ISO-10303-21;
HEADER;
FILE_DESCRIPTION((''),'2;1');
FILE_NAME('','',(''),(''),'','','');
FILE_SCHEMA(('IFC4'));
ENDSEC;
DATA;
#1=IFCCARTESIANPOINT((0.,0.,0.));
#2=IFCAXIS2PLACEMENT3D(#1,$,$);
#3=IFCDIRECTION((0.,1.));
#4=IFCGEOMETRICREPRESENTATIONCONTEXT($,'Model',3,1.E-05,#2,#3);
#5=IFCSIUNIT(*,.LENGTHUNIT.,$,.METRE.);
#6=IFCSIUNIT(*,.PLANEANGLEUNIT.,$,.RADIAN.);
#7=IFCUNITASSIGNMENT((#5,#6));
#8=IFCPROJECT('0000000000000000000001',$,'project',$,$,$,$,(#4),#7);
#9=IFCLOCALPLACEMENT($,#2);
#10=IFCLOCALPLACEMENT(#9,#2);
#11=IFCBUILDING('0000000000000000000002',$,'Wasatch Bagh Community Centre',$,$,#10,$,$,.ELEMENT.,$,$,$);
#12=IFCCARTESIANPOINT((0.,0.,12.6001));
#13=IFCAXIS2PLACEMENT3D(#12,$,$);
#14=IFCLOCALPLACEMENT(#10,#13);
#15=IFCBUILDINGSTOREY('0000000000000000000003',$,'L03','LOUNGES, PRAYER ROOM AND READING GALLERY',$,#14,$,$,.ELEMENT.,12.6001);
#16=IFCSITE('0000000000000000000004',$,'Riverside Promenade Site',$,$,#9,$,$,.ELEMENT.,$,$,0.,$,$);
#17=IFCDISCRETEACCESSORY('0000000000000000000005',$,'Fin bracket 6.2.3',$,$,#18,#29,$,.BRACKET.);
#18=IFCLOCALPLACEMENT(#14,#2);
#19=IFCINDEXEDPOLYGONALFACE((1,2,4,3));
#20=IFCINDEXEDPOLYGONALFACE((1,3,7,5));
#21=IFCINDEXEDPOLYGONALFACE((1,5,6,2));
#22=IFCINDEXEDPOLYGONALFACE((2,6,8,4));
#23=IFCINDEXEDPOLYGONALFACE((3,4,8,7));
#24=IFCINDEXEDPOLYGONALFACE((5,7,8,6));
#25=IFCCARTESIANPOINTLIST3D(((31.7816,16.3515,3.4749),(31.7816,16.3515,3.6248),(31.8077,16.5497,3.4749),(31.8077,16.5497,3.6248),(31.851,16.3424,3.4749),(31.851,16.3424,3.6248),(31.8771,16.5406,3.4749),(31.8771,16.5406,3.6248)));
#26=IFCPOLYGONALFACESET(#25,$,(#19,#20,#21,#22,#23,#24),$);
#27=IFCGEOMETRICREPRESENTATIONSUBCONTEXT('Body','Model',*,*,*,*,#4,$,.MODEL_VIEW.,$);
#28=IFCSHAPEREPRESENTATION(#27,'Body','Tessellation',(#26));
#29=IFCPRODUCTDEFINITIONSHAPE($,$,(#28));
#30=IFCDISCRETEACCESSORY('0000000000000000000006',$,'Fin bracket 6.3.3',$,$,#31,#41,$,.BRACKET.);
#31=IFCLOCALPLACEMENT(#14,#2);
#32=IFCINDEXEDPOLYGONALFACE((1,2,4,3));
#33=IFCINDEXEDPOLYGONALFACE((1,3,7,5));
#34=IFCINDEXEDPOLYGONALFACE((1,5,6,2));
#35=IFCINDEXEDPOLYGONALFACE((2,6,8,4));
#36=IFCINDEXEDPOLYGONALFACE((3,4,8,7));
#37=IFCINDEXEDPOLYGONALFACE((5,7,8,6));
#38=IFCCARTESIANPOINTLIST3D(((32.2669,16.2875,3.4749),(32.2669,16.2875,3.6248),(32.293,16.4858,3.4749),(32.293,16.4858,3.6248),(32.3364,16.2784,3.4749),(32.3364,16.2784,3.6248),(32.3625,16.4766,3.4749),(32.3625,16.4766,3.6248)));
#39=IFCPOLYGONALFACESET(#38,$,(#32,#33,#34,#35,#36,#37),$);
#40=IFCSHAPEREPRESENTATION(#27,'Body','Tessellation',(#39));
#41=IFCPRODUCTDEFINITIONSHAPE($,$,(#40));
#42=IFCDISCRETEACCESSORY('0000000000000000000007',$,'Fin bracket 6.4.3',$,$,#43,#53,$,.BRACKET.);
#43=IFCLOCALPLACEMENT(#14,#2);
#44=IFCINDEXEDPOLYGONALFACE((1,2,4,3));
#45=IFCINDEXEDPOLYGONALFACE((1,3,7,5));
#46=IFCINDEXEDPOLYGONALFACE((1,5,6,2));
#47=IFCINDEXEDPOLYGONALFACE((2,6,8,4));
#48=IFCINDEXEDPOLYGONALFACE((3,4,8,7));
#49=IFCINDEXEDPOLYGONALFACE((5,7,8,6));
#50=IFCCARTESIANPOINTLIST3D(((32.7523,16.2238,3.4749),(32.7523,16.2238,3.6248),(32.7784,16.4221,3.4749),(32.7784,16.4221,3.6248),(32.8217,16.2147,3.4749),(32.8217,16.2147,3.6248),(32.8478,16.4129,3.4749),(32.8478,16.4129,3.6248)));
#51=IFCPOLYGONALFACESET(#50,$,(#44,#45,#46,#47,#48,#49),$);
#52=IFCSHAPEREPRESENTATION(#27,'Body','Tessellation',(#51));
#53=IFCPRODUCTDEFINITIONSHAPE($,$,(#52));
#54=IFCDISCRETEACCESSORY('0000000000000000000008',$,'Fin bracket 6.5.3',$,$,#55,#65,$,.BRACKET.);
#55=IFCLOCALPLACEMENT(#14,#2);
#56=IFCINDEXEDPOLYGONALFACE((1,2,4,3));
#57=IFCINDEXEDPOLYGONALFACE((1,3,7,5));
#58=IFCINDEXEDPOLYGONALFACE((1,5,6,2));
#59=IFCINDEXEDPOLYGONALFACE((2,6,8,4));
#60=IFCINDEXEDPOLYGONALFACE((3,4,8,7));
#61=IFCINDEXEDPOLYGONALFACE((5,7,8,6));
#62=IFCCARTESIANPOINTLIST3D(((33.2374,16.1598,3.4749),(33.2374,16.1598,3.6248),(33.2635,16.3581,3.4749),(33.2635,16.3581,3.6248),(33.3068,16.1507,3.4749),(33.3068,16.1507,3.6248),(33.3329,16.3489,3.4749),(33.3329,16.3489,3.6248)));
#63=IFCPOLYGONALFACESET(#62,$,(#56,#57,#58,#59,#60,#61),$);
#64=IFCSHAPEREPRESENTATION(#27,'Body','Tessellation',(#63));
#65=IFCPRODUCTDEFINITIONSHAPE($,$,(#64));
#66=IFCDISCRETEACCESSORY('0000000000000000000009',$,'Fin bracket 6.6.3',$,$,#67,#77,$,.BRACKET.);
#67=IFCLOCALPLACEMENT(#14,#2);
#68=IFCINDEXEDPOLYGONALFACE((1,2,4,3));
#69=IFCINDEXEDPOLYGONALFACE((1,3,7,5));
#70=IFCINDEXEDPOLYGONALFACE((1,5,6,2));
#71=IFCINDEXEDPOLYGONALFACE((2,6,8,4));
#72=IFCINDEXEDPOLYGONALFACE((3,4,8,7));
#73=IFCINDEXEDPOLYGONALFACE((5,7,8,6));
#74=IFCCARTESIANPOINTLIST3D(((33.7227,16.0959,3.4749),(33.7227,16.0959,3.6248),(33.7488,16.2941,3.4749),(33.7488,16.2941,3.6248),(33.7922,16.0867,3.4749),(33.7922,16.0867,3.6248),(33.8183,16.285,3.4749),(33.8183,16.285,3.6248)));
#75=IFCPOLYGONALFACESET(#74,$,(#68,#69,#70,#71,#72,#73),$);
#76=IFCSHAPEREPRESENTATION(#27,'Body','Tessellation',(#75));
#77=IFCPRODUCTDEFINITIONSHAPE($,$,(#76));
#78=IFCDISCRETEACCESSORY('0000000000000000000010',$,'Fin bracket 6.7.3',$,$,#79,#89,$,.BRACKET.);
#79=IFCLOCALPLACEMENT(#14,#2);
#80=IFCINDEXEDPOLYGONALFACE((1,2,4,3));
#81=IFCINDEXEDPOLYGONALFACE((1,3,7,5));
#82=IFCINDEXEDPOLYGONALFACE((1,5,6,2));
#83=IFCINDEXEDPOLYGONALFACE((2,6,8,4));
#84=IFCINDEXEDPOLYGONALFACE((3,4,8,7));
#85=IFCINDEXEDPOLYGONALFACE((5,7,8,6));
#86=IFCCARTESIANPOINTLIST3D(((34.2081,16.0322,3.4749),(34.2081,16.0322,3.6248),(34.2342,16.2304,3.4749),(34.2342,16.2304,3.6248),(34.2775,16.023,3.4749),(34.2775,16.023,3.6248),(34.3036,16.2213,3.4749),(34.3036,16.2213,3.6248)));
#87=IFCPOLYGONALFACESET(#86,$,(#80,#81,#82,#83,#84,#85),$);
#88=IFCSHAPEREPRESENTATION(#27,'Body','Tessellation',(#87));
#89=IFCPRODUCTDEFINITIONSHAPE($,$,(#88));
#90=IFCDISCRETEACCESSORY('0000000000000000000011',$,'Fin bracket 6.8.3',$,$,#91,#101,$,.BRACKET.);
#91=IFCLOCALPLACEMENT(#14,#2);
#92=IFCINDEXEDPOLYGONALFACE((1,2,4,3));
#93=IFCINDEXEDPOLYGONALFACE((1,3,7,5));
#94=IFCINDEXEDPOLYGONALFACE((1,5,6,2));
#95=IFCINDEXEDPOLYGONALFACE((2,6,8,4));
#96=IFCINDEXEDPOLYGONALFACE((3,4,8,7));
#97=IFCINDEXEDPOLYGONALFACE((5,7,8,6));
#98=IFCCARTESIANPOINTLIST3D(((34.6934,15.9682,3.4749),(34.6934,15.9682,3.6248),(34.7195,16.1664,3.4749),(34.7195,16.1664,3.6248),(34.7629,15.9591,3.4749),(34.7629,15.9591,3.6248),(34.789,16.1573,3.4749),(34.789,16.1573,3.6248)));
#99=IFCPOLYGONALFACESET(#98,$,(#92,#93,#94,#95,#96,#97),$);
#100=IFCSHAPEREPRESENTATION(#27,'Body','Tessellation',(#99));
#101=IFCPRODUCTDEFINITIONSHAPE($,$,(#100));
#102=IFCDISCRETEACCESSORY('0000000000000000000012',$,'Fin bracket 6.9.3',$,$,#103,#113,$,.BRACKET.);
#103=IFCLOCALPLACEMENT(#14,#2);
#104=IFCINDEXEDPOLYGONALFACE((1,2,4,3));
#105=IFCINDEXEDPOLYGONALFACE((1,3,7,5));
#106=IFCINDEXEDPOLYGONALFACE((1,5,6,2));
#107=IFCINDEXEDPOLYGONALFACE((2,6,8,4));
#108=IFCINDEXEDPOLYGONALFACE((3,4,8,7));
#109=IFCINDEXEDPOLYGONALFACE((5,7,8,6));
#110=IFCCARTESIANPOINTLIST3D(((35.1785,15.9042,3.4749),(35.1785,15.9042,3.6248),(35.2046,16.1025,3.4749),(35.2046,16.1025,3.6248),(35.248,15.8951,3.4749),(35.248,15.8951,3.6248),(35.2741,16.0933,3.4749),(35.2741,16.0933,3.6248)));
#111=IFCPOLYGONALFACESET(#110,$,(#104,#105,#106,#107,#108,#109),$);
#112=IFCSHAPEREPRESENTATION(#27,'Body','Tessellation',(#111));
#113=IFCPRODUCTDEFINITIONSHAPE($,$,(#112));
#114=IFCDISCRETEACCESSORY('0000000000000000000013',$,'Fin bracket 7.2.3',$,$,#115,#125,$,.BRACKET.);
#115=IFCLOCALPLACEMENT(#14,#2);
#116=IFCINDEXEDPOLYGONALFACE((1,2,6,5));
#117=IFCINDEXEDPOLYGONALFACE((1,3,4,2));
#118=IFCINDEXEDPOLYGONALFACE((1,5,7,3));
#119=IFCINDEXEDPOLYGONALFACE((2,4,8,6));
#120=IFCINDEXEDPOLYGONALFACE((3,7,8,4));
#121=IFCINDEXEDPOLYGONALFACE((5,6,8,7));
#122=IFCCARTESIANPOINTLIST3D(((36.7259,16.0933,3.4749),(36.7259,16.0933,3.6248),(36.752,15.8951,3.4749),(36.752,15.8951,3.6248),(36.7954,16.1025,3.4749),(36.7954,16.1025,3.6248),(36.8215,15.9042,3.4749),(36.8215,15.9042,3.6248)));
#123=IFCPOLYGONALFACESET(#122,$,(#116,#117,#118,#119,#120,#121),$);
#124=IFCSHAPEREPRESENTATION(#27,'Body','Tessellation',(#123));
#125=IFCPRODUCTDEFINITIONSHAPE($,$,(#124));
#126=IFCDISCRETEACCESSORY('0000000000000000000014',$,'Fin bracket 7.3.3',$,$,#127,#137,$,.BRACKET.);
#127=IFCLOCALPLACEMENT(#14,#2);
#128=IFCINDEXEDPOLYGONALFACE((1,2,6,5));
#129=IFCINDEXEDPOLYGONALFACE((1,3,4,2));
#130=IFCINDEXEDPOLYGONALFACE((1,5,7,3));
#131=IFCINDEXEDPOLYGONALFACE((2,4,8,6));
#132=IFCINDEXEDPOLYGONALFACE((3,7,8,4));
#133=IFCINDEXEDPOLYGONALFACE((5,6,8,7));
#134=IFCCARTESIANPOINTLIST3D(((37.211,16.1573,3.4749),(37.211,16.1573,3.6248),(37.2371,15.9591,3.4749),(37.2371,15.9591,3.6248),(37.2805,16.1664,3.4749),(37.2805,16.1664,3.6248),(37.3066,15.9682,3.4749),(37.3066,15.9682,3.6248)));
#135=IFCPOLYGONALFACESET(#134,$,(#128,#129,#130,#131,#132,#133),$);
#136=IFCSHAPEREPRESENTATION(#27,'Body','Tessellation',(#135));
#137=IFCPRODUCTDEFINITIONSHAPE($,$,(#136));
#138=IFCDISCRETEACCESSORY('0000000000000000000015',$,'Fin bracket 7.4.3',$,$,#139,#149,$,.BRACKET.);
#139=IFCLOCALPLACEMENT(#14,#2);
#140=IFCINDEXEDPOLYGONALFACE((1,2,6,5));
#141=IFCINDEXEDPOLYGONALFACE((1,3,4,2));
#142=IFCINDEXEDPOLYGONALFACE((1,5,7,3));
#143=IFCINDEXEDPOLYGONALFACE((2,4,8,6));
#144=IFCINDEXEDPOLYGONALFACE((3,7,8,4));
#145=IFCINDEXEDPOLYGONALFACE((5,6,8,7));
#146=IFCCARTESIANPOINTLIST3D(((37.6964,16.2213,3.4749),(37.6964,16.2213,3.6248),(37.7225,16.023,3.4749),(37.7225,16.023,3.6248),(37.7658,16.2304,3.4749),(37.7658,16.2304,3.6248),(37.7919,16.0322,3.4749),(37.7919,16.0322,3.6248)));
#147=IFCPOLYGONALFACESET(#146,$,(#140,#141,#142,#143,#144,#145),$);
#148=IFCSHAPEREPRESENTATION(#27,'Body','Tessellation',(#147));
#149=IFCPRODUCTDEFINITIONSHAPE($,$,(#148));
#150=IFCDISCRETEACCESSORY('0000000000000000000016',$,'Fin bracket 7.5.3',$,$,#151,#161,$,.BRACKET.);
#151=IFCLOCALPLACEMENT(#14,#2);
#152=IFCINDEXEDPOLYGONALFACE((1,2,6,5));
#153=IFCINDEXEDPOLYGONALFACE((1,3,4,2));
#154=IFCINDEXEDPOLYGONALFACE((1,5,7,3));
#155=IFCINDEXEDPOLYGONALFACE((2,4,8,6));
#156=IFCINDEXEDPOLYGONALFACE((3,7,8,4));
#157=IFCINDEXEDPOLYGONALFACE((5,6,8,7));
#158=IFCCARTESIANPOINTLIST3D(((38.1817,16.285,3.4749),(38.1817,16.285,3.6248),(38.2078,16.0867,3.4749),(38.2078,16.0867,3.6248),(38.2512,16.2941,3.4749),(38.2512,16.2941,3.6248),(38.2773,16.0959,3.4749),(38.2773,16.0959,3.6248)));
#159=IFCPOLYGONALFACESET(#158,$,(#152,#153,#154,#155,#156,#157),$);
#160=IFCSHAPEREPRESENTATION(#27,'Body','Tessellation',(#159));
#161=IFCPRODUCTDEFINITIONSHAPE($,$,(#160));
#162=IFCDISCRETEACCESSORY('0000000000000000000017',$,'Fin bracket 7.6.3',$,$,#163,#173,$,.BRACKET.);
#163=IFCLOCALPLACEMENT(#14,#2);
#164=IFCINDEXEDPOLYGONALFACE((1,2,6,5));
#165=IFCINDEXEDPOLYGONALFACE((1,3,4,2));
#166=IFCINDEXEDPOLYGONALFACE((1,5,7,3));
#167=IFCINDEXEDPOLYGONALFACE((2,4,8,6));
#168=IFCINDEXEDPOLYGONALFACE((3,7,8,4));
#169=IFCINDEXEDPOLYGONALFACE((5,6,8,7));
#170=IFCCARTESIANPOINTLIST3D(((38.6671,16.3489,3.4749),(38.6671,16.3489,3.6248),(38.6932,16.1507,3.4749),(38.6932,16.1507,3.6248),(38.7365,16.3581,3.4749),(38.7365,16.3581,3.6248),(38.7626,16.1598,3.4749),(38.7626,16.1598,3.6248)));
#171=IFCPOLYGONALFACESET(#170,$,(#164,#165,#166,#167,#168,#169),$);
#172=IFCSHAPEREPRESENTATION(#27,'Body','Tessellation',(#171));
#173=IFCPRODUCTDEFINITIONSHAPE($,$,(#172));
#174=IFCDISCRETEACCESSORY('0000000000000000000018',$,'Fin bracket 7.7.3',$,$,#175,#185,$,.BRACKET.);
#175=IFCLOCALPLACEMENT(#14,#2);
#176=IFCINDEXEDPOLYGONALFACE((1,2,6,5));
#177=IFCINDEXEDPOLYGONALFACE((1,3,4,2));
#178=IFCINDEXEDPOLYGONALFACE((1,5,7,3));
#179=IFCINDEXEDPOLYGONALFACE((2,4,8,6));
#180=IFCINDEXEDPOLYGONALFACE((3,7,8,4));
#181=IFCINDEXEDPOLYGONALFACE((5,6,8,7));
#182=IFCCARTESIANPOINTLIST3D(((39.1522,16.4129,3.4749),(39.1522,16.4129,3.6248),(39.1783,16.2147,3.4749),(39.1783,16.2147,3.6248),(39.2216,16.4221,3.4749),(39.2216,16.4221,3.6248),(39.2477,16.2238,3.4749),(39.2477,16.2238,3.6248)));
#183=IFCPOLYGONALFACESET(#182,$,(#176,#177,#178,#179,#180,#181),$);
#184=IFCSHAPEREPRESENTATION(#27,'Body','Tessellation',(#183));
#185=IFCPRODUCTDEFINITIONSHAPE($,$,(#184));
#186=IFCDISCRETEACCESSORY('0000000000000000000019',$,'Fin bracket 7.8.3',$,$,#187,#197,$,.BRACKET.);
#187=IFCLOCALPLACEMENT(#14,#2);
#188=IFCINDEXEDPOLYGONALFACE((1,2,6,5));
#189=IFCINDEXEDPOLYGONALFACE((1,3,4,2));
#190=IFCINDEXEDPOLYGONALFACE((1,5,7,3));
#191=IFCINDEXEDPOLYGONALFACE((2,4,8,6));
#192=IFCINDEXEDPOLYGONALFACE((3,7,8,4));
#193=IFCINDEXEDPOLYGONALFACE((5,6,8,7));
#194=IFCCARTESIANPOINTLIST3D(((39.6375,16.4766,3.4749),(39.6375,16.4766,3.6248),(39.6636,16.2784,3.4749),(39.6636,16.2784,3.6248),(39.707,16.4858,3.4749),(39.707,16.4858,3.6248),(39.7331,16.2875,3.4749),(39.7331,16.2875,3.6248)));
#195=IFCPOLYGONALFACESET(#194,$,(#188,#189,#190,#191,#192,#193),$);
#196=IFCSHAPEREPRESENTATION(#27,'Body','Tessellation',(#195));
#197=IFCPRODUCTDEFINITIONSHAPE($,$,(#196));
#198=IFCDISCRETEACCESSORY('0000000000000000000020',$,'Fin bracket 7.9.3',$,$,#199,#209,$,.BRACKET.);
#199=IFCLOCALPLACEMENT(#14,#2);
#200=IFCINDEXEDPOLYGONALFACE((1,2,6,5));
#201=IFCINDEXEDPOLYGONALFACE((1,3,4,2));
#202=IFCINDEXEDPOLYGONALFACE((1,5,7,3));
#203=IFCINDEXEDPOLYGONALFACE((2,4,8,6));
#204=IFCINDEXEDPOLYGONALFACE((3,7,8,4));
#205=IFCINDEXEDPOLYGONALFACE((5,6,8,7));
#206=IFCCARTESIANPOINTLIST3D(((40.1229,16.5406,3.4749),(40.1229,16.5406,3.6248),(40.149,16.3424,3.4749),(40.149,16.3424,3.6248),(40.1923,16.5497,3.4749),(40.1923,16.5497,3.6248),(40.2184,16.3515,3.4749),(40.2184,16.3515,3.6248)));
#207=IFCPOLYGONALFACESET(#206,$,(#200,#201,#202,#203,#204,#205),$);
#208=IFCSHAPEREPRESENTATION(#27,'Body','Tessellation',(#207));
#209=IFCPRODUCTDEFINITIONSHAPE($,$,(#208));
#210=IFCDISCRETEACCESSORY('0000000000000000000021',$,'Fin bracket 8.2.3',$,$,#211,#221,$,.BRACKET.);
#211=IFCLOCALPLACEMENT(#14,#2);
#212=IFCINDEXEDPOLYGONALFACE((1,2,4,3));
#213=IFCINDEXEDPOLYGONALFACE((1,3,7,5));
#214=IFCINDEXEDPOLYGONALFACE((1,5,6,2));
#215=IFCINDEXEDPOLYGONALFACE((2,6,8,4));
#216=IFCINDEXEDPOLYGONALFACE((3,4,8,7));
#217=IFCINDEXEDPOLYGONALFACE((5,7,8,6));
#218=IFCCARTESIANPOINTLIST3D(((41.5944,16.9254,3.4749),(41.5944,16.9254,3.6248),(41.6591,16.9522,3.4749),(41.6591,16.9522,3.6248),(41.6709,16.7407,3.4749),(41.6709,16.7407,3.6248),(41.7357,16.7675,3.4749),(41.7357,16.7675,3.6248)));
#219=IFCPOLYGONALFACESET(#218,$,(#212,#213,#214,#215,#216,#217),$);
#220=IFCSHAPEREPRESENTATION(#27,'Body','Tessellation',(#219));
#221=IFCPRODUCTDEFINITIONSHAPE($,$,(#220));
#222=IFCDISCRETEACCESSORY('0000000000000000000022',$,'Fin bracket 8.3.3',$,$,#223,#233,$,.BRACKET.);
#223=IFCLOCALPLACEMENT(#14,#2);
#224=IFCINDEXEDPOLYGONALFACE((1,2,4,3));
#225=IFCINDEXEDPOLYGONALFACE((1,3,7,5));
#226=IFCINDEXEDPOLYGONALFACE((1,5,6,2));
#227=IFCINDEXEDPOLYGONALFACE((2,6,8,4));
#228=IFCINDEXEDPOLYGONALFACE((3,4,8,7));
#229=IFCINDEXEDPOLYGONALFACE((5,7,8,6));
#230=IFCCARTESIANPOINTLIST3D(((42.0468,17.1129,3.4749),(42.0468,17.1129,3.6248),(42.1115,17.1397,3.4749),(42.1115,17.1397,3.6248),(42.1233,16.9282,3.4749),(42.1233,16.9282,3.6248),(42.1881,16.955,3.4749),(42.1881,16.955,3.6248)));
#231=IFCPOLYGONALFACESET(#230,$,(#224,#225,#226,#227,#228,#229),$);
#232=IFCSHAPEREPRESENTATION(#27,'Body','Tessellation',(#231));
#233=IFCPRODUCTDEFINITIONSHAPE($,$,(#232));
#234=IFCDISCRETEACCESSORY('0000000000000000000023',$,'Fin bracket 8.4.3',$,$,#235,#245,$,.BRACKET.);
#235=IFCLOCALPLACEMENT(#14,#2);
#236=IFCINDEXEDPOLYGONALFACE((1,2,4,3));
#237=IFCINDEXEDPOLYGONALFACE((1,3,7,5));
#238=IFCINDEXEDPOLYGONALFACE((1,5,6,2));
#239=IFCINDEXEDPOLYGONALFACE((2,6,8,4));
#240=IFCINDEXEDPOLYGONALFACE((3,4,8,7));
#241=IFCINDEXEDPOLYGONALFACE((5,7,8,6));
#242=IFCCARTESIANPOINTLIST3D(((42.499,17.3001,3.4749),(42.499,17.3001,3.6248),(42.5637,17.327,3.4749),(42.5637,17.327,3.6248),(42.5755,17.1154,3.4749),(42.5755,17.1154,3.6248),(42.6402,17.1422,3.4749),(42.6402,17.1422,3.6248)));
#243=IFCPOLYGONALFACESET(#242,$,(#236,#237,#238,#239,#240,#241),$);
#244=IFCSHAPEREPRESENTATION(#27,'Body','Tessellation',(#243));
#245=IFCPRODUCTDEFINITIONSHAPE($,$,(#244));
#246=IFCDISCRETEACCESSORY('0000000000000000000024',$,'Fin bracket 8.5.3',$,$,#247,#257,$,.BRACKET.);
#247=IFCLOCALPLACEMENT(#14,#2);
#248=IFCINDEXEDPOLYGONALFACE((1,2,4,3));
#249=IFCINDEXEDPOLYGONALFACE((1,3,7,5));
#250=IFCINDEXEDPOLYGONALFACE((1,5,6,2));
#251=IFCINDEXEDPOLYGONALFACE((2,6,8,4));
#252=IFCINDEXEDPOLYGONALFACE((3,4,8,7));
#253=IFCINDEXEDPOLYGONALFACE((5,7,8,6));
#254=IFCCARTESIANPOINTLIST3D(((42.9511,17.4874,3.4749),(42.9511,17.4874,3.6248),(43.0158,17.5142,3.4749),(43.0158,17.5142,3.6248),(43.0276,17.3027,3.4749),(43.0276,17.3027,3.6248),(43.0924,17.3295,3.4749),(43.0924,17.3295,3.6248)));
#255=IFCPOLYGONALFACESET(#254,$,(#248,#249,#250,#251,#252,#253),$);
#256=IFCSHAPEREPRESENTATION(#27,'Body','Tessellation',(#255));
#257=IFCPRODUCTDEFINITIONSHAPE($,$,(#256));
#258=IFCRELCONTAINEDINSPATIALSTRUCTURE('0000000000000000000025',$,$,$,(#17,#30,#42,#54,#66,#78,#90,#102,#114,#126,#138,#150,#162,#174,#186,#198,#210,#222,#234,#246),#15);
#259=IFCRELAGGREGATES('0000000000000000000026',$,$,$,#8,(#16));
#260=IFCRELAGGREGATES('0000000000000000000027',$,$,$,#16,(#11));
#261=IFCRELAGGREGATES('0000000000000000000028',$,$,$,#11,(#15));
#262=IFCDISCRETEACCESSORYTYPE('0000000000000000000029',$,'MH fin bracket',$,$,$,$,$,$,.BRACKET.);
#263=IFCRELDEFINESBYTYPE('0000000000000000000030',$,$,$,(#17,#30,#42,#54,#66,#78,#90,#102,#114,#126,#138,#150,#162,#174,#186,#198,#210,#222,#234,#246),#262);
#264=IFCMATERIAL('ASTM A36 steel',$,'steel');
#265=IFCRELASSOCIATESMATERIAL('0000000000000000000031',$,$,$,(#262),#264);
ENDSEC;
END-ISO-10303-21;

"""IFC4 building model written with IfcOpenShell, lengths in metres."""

from ifc_helpers import new_model, si_unit, direction, frame, origin, origin_2d, place, context, subcontext, project, spatial, rectangle, extrude, material, type_object, element, save


model = new_model("IFC4")

# Units and contexts
model_context = context("Model", 3, precision=1e-05, world=origin(), true_north=direction((0.0, 1.0)))
body_context = subcontext(model_context, "Body", "Model", "MODEL_VIEW")
ifc_project = project(units=[si_unit("LENGTHUNIT", "METRE"), si_unit("PLANEANGLEUNIT", "RADIAN")], contexts=[model_context])

# Site, building, storey
site_placement = place(None, origin())
site = spatial("IfcSite", under=ifc_project, at=site_placement, Name="Riverside Promenade Site", CompositionType="ELEMENT", RefElevation=0.0)
building_placement = place(site_placement, origin())
building = spatial("IfcBuilding", under=site, at=building_placement, Name="Wasatch Bagh Community Centre", CompositionType="ELEMENT")
storey_placement = place(building_placement, frame((0.0, 0.0, 12.6001)))
storey = spatial("IfcBuildingStorey", under=building, at=storey_placement, Name="L03", Description="LOUNGES, PRAYER ROOM AND READING GALLERY", CompositionType="ELEMENT", Elevation=12.6001)

# Discrete accessories
ifc_material_1 = material(Name="ASTM A36 steel", Category="steel")
discrete_accessory_type = type_object("IfcDiscreteAccessoryType", Name="MH fin bracket", PredefinedType="BRACKET", material=ifc_material_1)
for number, where, z_axis, x_axis, name in (
    (1, (31.8293, 16.446, 3.4749), (0.0, 0.0, 1.0), (0.991445, -0.130526, 0.0), "Fin bracket 6.2.3"),
    (2, (32.3147, 16.3821, 3.4749), (0.0, 0.0, 1.0), (0.991445, -0.130526, 0.0), "Fin bracket 6.3.3"),
    (3, (32.8, 16.3184, 3.4749), (0.0, 0.0, 1.0), (0.991445, -0.130526, 0.0), "Fin bracket 6.4.3"),
    (4, (33.2852, 16.2544, 3.4749), (0.0, 0.0, 1.0), (0.991445, -0.130526, 0.0), "Fin bracket 6.5.3"),
    (5, (33.7705, 16.1904, 3.4749), (0.0, 0.0, 1.0), (0.991445, -0.130526, 0.0), "Fin bracket 6.6.3"),
    (6, (34.2559, 16.1267, 3.4749), (0.0, 0.0, 1.0), (0.991445, -0.130526, 0.0), "Fin bracket 6.7.3"),
    (7, (34.7412, 16.0627, 3.4749), (0.0, 0.0, 1.0), (0.991445, -0.130526, 0.0), "Fin bracket 6.8.3"),
    (8, (35.2263, 15.9988, 3.4749), (0.0, 0.0, 1.0), (0.991445, -0.130526, 0.0), "Fin bracket 6.9.3"),
    (9, (36.7737, 15.9988, 3.4749), (0.0, 0.0, 1.0), (0.991445, 0.130526, 0.0), "Fin bracket 7.2.3"),
    (10, (37.2588, 16.0627, 3.4749), (0.0, 0.0, 1.0), (0.991445, 0.130526, 0.0), "Fin bracket 7.3.3"),
    (11, (37.7441, 16.1267, 3.4749), (0.0, 0.0, 1.0), (0.991445, 0.130526, 0.0), "Fin bracket 7.4.3"),
    (12, (38.2295, 16.1904, 3.4749), (0.0, 0.0, 1.0), (0.991445, 0.130526, 0.0), "Fin bracket 7.5.3"),
    (13, (38.7148, 16.2544, 3.4749), (0.0, 0.0, 1.0), (0.991445, 0.130526, 0.0), "Fin bracket 7.6.3"),
    (14, (39.2, 16.3184, 3.4749), (0.0, 0.0, 1.0), (0.991445, 0.130526, 0.0), "Fin bracket 7.7.3"),
    (15, (39.6853, 16.3821, 3.4749), (0.0, 0.0, 1.0), (0.991445, 0.130526, 0.0), "Fin bracket 7.8.3"),
    (16, (40.1707, 16.446, 3.4749), (0.0, 0.0, 1.0), (0.991445, 0.130526, 0.0), "Fin bracket 7.9.3"),
    (17, (41.665, 16.8464, 3.4749), (0.0, 0.0, 1.0), (0.92388, 0.382683, 0.0), "Fin bracket 8.2.3"),
    (18, (42.1174, 17.0339, 3.4749), (0.0, 0.0, 1.0), (0.92388, 0.382683, 0.0), "Fin bracket 8.3.3"),
    (19, (42.5696, 17.2212, 3.4749), (0.0, 0.0, 1.0), (0.92388, 0.382683, 0.0), "Fin bracket 8.4.3"),
    (20, (43.0217, 17.4084, 3.4749), (0.0, 0.0, 1.0), (0.92388, 0.382683, 0.0), "Fin bracket 8.5.3"),
):
    element("IfcDiscreteAccessory", number, at=place(storey_placement, frame(where, z_axis=z_axis, x_axis=x_axis)), inside=storey, type_object=discrete_accessory_type, Name=name, PredefinedType="BRACKET", context=body_context, shape_type="SweptSolid", body=[
        extrude(rectangle(XDim=0.0701, YDim=0.2, at=origin_2d()), origin(), (0.0, 0.0, 1.0), 0.1499),
    ])

save(model, "model.ifc")
